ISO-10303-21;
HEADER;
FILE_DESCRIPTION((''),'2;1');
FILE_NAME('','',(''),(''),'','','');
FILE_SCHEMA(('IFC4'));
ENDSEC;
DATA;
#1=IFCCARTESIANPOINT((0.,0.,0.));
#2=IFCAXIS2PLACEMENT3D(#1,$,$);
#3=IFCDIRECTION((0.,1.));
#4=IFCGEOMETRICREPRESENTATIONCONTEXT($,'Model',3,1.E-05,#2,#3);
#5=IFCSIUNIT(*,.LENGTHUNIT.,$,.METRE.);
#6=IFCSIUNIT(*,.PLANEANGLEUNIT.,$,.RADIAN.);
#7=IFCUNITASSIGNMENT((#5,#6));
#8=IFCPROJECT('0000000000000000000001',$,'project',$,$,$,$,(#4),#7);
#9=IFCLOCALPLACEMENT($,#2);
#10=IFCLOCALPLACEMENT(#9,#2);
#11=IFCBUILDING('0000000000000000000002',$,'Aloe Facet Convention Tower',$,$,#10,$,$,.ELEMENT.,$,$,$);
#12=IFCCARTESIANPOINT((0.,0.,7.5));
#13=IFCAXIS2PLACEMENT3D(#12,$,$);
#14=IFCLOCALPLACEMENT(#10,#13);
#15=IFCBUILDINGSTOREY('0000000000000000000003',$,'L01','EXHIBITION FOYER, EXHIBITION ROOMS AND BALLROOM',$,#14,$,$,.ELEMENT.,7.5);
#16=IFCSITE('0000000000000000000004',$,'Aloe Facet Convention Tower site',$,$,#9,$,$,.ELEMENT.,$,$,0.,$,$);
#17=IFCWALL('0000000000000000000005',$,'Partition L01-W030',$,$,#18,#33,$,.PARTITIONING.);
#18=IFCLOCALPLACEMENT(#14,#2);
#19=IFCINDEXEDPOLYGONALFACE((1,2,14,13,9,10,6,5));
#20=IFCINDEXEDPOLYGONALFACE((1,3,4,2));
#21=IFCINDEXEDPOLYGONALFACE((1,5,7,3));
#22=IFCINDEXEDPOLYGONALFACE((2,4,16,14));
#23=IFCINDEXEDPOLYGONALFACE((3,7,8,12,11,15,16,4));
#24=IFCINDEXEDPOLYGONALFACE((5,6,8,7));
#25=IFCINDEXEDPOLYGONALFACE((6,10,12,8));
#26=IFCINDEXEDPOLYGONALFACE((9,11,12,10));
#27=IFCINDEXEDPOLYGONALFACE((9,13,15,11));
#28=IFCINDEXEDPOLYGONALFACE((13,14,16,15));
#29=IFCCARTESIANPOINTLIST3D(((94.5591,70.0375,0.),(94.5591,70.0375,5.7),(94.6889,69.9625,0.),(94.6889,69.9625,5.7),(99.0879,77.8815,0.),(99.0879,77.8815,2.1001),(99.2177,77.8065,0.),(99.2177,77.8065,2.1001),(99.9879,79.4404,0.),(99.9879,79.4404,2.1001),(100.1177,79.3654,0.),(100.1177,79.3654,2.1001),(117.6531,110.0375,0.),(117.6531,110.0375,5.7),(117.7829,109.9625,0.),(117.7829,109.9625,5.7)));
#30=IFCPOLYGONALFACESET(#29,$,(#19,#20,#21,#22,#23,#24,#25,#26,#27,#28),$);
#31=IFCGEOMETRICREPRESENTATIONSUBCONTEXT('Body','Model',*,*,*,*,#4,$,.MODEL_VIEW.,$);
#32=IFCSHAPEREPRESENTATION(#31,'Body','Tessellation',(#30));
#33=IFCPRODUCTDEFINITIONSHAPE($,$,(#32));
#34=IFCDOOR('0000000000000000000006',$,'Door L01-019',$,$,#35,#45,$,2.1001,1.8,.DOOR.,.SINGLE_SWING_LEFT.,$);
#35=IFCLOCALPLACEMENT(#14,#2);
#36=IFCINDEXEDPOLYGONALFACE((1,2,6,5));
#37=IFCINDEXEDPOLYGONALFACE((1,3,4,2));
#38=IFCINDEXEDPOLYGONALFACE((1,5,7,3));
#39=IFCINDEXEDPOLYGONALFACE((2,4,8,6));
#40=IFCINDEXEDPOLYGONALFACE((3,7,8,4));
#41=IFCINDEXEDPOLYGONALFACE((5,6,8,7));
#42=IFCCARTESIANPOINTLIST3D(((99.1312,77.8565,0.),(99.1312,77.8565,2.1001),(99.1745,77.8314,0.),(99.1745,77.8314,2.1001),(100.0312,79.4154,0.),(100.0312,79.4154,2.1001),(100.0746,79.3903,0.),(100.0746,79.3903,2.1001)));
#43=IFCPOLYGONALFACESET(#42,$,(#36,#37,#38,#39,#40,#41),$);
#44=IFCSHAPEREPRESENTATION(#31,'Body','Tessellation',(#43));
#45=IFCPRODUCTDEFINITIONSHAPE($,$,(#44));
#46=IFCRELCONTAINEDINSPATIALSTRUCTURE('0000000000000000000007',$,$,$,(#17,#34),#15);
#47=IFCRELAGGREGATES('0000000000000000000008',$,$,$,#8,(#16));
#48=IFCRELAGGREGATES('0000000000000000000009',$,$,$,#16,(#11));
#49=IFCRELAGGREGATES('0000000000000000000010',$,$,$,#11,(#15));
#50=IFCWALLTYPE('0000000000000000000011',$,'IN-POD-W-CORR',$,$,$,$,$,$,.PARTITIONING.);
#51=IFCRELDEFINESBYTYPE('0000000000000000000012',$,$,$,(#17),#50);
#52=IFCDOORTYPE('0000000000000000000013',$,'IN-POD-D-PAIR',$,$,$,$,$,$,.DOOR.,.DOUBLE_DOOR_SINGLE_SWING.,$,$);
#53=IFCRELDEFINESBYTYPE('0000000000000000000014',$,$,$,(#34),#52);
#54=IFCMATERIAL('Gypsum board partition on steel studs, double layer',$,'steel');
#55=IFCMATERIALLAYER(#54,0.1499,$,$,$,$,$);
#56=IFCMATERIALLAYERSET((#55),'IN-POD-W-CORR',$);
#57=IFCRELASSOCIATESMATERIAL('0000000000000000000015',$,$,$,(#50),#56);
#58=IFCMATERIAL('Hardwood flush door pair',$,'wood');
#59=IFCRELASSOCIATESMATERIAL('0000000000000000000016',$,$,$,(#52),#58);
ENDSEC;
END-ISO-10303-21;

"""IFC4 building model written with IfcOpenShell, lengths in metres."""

from ifc_helpers import new_model, si_unit, direction, frame, frame_2d, origin, place, context, subcontext, project, spatial, rectangle, extrude, material, layer, layer_set, type_object, element, fill, save


model = new_model("IFC4")

# Units and contexts
model_context = context("Model", 3, precision=1e-05, world=origin(), true_north=direction((0.0, 1.0)))
body_context = subcontext(model_context, "Body", "Model", "MODEL_VIEW")
ifc_project = project(units=[si_unit("LENGTHUNIT", "METRE"), si_unit("PLANEANGLEUNIT", "RADIAN")], contexts=[model_context])

# Site, building, storey
site_placement = place(None, origin())
site = spatial("IfcSite", under=ifc_project, at=site_placement, Name="Aloe Facet Convention Tower site", CompositionType="ELEMENT", RefElevation=0.0)
building_placement = place(site_placement, origin())
building = spatial("IfcBuilding", under=site, at=building_placement, Name="Aloe Facet Convention Tower", CompositionType="ELEMENT")
storey_placement = place(building_placement, frame((0.0, 0.0, 7.5)))
storey = spatial("IfcBuildingStorey", under=building, at=storey_placement, Name="L01", Description="EXHIBITION FOYER, EXHIBITION ROOMS AND BALLROOM", CompositionType="ELEMENT", Elevation=7.5)

# Wall, opening, door
ifc_material_1 = material(Name="Gypsum board partition on steel studs, double layer", Category="steel")
ifc_layer_1 = layer(ifc_material_1, 0.1499)
ifc_layer_set_1 = layer_set([ifc_layer_1], Name="IN-POD-W-CORR")
wall_type = type_object("IfcWallType", Name="IN-POD-W-CORR", PredefinedType="PARTITIONING", material=ifc_layer_set_1)
wall_placement = place(storey_placement, frame((94.624, 70.0, 0.0), z_axis=(0.0, 0.0, 1.0), x_axis=(0.5, 0.866026, 0.0)))
wall = element("IfcWall", 1, at=wall_placement, inside=storey, type_object=wall_type, Name="Partition L01-W030", PredefinedType="PARTITIONING", context=body_context, shape_type="SweptSolid", body=[
    extrude(rectangle(XDim=46.188, YDim=0.1499, at=frame_2d((23.094, 0.0))), origin(), (0.0, 0.0, 1.0), 5.7),
])
opening_placement = place(wall_placement, frame((9.0576, 0.0, 0.0)))
opening = element("IfcOpeningElement", 2, at=opening_placement, cuts=wall, PredefinedType="OPENING", context=body_context, shape_type="SweptSolid", body=[
    extrude(rectangle(XDim=1.8, YDim=2.1001, at=frame_2d((0.8999, 1.05))), frame((0.0, 0.085, 0.0), z_axis=(0.0, -1.0, 0.0), x_axis=(1.0, 0.0, 0.0)), (0.0, 0.0, 1.0), 0.1699),
])
ifc_material_2 = material(Name="Hardwood flush door pair", Category="wood")
door_type = type_object("IfcDoorType", Name="IN-POD-D-PAIR", OperationType="DOUBLE_DOOR_SINGLE_SWING", PredefinedType="DOOR", material=ifc_material_2)
door_placement = place(opening_placement, origin())
door = element("IfcDoor", 3, at=door_placement, inside=storey, type_object=door_type, Name="Door L01-019", OperationType="SINGLE_SWING_LEFT", OverallHeight=2.1001, OverallWidth=1.8, PredefinedType="DOOR", context=body_context, shape_type="SweptSolid", body=[
    extrude(rectangle(XDim=1.8, YDim=2.1001, at=frame_2d((0.8999, 1.05))), frame((0.0, 0.0249, 0.0), z_axis=(0.0, -1.0, 0.0), x_axis=(1.0, 0.0, 0.0)), (0.0, 0.0, 1.0), 0.05),
])
fill(opening, door)

save(model, "model.ifc")
